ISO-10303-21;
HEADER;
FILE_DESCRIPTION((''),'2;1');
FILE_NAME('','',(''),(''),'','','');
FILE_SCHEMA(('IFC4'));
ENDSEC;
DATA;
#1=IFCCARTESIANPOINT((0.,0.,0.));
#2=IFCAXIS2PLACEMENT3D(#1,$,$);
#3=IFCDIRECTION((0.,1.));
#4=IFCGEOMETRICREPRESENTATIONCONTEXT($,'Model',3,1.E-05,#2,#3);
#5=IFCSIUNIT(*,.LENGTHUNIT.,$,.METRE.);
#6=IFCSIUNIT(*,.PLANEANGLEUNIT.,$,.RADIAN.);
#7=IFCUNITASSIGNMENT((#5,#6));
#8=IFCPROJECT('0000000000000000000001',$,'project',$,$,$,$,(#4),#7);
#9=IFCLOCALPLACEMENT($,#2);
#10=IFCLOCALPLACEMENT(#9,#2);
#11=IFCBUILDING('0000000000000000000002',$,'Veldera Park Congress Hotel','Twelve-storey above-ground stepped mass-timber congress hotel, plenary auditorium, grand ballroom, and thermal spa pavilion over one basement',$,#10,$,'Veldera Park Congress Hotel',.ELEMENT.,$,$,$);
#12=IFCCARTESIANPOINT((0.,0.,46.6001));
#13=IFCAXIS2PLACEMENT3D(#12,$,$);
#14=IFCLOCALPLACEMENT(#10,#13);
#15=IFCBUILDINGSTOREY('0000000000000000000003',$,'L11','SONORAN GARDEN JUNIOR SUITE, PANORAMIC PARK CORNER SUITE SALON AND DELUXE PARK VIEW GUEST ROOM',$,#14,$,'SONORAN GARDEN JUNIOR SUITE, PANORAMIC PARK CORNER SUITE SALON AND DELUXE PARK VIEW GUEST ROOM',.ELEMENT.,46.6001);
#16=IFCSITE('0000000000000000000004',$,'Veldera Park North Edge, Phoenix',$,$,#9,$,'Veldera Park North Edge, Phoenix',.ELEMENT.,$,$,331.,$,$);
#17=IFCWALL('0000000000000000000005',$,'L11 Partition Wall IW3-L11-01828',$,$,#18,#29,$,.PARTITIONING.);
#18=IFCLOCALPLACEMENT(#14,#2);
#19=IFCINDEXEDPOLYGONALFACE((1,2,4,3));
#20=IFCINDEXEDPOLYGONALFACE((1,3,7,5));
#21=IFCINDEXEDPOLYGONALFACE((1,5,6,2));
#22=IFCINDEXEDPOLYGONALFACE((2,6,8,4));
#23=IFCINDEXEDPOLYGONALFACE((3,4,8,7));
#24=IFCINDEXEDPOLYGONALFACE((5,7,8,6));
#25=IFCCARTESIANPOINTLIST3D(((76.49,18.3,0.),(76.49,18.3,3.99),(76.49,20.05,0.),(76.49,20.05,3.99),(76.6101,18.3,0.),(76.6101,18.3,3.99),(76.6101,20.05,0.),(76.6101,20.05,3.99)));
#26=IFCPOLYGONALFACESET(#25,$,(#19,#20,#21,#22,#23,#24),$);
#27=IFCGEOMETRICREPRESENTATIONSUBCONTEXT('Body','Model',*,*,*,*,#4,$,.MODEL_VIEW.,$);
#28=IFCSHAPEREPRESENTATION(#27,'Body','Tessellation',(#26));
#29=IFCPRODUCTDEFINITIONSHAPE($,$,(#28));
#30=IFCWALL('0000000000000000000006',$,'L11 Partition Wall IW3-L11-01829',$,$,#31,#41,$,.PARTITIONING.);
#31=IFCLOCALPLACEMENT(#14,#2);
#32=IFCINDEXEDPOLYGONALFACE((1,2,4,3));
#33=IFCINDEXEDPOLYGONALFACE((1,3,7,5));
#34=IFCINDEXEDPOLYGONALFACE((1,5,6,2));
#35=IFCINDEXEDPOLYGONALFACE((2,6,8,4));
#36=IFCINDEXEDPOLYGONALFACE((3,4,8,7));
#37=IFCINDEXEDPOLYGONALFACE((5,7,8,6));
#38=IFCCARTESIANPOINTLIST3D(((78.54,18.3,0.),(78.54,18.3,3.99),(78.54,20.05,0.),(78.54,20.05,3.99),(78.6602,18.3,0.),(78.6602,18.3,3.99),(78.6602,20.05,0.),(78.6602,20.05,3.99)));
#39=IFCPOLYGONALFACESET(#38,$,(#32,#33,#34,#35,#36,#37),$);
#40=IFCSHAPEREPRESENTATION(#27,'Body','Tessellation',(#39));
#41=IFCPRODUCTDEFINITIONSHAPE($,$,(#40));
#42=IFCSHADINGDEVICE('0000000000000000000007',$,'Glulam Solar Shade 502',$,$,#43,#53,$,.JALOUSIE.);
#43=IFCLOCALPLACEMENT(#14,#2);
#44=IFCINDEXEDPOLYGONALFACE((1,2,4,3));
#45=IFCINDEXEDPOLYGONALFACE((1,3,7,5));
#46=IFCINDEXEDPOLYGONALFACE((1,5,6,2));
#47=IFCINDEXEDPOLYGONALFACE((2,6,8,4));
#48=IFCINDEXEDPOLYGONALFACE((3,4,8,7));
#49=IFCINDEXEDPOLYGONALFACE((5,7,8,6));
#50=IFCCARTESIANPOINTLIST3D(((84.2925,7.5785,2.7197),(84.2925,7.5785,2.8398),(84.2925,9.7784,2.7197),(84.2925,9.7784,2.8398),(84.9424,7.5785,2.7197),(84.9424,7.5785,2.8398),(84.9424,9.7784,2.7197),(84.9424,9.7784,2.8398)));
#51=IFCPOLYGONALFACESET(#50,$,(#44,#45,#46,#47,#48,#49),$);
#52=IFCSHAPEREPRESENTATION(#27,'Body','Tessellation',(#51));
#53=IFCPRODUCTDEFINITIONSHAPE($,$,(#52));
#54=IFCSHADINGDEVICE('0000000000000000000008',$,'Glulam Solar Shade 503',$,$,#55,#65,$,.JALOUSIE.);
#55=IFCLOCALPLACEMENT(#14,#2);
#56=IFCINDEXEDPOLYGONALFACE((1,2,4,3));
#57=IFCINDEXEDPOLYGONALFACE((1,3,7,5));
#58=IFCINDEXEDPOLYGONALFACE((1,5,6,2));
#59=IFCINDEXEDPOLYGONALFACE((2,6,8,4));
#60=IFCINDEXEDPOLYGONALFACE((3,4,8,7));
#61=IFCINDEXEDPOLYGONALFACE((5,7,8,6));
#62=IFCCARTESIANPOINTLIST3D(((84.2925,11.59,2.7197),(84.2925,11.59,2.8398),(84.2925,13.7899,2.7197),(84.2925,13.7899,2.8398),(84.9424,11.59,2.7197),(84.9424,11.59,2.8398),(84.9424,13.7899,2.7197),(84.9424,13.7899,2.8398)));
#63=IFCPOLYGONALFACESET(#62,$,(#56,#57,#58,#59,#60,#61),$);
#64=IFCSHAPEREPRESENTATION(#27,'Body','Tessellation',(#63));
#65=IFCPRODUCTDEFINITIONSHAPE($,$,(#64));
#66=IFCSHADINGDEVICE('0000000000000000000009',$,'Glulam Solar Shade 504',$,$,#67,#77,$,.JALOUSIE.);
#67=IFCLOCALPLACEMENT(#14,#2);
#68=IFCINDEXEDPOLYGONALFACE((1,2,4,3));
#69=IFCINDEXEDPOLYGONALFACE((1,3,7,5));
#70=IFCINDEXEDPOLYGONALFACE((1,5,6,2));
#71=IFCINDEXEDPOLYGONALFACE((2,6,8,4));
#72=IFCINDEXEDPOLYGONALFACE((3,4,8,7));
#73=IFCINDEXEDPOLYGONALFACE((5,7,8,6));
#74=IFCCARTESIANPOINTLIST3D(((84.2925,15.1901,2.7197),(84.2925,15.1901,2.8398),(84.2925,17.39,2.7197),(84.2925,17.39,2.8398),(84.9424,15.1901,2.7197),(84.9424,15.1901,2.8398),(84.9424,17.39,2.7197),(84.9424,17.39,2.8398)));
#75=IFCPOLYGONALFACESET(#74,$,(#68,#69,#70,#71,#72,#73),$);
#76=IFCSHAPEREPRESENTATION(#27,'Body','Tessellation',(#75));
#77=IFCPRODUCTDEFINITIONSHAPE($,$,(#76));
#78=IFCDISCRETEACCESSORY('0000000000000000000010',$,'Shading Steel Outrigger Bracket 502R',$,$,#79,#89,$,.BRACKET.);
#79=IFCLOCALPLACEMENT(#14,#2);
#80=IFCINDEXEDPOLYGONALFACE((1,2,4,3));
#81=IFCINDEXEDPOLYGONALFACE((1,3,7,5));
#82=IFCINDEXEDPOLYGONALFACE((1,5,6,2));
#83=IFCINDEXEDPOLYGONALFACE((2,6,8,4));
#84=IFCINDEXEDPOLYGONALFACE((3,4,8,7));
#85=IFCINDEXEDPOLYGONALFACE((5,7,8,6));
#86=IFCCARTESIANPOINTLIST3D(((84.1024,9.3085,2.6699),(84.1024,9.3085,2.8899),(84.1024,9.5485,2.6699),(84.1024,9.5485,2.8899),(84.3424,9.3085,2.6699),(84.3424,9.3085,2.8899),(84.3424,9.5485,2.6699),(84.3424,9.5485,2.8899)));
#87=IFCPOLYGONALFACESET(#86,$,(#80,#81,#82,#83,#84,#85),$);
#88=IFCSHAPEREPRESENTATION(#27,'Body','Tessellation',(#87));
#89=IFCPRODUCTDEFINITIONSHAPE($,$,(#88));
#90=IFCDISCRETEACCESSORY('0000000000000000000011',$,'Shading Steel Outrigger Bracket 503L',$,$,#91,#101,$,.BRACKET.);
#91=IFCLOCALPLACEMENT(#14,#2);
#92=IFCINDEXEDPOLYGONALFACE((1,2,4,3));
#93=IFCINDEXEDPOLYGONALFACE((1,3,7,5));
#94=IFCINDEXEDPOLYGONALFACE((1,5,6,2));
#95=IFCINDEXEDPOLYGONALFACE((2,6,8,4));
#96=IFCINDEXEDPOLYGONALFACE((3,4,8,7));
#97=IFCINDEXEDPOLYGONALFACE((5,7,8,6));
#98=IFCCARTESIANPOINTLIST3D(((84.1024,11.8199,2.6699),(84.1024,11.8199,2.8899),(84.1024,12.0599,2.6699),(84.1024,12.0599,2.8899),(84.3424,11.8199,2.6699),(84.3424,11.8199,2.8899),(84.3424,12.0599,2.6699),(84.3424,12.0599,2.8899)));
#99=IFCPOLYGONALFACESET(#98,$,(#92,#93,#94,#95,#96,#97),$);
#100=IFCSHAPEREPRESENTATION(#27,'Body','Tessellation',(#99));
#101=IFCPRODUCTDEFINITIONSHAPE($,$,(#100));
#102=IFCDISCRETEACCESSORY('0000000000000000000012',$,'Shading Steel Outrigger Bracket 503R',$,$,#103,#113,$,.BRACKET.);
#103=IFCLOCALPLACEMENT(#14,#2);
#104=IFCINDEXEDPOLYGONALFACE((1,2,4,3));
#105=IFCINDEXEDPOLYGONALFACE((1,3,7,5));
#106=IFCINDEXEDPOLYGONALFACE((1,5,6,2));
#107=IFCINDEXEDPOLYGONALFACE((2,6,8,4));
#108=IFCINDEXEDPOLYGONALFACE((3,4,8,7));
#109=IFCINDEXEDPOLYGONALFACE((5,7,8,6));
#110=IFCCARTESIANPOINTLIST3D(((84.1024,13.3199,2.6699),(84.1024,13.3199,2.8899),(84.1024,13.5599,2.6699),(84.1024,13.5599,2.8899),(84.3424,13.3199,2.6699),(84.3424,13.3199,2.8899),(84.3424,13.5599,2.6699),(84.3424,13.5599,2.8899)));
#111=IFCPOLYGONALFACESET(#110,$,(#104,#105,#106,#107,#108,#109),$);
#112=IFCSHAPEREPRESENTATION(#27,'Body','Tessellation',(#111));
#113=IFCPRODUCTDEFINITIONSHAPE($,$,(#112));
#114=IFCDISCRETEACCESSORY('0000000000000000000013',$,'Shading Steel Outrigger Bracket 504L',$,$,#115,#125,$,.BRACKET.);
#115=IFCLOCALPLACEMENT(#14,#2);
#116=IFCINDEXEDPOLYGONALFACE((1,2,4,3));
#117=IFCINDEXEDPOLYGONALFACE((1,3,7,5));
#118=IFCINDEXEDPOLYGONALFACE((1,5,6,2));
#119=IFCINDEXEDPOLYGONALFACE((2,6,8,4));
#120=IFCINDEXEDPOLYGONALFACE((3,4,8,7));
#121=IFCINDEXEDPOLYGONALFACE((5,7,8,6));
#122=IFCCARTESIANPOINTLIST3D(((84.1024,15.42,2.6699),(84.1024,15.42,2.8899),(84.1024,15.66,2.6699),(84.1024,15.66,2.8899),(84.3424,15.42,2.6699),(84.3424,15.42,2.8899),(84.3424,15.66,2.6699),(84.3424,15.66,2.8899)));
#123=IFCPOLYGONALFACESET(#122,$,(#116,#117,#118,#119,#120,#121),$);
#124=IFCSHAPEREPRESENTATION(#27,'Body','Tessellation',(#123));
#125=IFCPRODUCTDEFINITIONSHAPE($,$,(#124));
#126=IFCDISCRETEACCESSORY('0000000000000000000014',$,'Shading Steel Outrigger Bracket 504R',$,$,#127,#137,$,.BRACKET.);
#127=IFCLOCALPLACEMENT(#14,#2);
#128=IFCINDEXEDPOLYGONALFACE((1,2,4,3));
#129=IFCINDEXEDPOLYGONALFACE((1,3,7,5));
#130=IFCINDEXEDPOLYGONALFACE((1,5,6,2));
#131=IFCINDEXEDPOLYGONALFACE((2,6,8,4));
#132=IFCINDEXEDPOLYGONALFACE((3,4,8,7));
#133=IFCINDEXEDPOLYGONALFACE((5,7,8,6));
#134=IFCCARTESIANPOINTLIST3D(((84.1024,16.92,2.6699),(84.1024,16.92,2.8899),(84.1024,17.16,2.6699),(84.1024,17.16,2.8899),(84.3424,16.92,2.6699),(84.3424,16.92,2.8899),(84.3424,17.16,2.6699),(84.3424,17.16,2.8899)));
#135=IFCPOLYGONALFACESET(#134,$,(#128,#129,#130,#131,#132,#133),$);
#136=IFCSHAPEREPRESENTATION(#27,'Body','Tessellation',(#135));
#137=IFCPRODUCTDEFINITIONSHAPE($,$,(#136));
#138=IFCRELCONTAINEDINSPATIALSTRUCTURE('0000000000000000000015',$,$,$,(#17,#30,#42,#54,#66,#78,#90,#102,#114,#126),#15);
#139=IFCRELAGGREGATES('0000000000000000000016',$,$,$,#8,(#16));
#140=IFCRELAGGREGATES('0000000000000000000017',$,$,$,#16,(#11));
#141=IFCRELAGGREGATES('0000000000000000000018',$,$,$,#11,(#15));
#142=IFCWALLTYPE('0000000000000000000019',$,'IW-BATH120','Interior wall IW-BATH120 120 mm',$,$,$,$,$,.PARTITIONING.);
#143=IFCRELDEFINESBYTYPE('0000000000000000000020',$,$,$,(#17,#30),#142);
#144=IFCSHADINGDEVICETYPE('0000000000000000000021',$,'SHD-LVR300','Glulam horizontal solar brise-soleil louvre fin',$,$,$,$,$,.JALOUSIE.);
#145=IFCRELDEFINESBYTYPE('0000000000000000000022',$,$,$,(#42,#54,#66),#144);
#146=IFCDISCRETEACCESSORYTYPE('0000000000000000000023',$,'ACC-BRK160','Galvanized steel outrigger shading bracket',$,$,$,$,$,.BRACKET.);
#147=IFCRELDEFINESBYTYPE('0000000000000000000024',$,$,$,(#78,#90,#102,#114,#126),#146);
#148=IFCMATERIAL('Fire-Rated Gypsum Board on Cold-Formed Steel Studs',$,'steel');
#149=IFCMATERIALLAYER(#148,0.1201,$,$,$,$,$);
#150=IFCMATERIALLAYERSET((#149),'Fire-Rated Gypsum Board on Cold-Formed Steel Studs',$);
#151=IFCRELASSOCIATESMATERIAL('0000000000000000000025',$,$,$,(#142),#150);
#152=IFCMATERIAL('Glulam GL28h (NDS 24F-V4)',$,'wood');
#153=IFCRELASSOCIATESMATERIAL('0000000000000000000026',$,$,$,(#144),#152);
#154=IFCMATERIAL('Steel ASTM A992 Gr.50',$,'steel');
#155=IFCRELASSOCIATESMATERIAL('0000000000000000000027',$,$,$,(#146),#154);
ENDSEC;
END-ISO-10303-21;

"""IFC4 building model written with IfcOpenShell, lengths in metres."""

from ifc_helpers import new_model, si_unit, direction, frame, frame_2d, origin, origin_2d, place, context, subcontext, project, spatial, rectangle, extrude, material, layer, layer_set, type_object, element, save


model = new_model("IFC4")

# Units and contexts
model_context = context("Model", 3, precision=1e-05, world=origin(), true_north=direction((0.0, 1.0)))
body_context = subcontext(model_context, "Body", "Model", "MODEL_VIEW")
ifc_project = project(units=[si_unit("LENGTHUNIT", "METRE"), si_unit("PLANEANGLEUNIT", "RADIAN")], contexts=[model_context])

# Site, building, storey
site_placement = place(None, origin())
site = spatial("IfcSite", under=ifc_project, at=site_placement, Name="Veldera Park North Edge, Phoenix", LongName="Veldera Park North Edge, Phoenix", CompositionType="ELEMENT", RefElevation=331.0)
building_placement = place(site_placement, origin())
building = spatial("IfcBuilding", under=site, at=building_placement, Name="Veldera Park Congress Hotel", Description="Twelve-storey above-ground stepped mass-timber congress hotel, plenary auditorium, grand ballroom, and thermal spa pavilion over one basement", LongName="Veldera Park Congress Hotel", CompositionType="ELEMENT")
storey_placement = place(building_placement, frame((0.0, 0.0, 46.6001)))
storey = spatial("IfcBuildingStorey", under=building, at=storey_placement, Name="L11", Description="SONORAN GARDEN JUNIOR SUITE, PANORAMIC PARK CORNER SUITE SALON AND DELUXE PARK VIEW GUEST ROOM", LongName="SONORAN GARDEN JUNIOR SUITE, PANORAMIC PARK CORNER SUITE SALON AND DELUXE PARK VIEW GUEST ROOM", CompositionType="ELEMENT", Elevation=46.6001)

# Shared definitions
ifc_material_1 = material(Name="Glulam GL28h (NDS 24F-V4)", Category="wood")

# Shared definitions
ifc_material_2 = material(Name="Fire-Rated Gypsum Board on Cold-Formed Steel Studs", Category="steel")
ifc_layer_1 = layer(ifc_material_2, 0.1201)
ifc_layer_set_1 = layer_set([ifc_layer_1], Name="Fire-Rated Gypsum Board on Cold-Formed Steel Studs")
wall_type_1 = type_object("IfcWallType", Name="IW-BATH120", Description="Interior wall IW-BATH120 120 mm", PredefinedType="PARTITIONING", material=ifc_layer_set_1)

# Walls
for number, where, z_axis, x_axis, name in (
    (1, (76.55, 18.3, 0.0), (0.0, 0.0, 1.0), (0.0, 1.0, 0.0), "L11 Partition Wall IW3-L11-01828"),
    (2, (78.6001, 18.3, 0.0), (0.0, 0.0, 1.0), (0.0, 1.0, 0.0), "L11 Partition Wall IW3-L11-01829"),
):
    element("IfcWall", number, at=place(storey_placement, frame(where, z_axis=z_axis, x_axis=x_axis)), inside=storey, type_object=wall_type_1, Name=name, PredefinedType="PARTITIONING", context=body_context, shape_type="SweptSolid", body=[
        extrude(rectangle(XDim=1.75, YDim=0.1201, at=frame_2d((0.875, 0.0))), origin(), (0.0, 0.0, 1.0), 3.99),
    ])

# Shading devices
shading_device_type = type_object("IfcShadingDeviceType", Name="SHD-LVR300", Description="Glulam horizontal solar brise-soleil louvre fin", PredefinedType="JALOUSIE", material=ifc_material_1)
for number, where, z_axis, x_axis, name in (
    (3, (84.6174, 8.6785, 2.7197), (0.0, 0.0, 1.0), (0.0, 1.0, 0.0), "Glulam Solar Shade 502"),
    (4, (84.6174, 12.6899, 2.7197), (0.0, 0.0, 1.0), (0.0, 1.0, 0.0), "Glulam Solar Shade 503"),
    (5, (84.6174, 16.29, 2.7197), (0.0, 0.0, 1.0), (0.0, 1.0, 0.0), "Glulam Solar Shade 504"),
):
    element("IfcShadingDevice", number, at=place(storey_placement, frame(where, z_axis=z_axis, x_axis=x_axis)), inside=storey, type_object=shading_device_type, Name=name, PredefinedType="JALOUSIE", context=body_context, shape_type="SweptSolid", body=[
        extrude(rectangle(XDim=2.2, YDim=0.6499, at=origin_2d()), origin(), (0.0, 0.0, 1.0), 0.1201),
    ])

# Discrete accessories
ifc_material_3 = material(Name="Steel ASTM A992 Gr.50", Category="steel")
discrete_accessory_type = type_object("IfcDiscreteAccessoryType", Name="ACC-BRK160", Description="Galvanized steel outrigger shading bracket", PredefinedType="BRACKET", material=ifc_material_3)
for number, where, z_axis, x_axis, name in (
    (6, (84.2224, 9.4285, 2.6699), (0.0, 0.0, 1.0), (0.0, 1.0, 0.0), "Shading Steel Outrigger Bracket 502R"),
    (7, (84.2224, 11.9399, 2.6699), (0.0, 0.0, 1.0), (0.0, 1.0, 0.0), "Shading Steel Outrigger Bracket 503L"),
    (8, (84.2224, 13.4399, 2.6699), (0.0, 0.0, 1.0), (0.0, 1.0, 0.0), "Shading Steel Outrigger Bracket 503R"),
    (9, (84.2224, 15.54, 2.6699), (0.0, 0.0, 1.0), (0.0, 1.0, 0.0), "Shading Steel Outrigger Bracket 504L"),
    (10, (84.2224, 17.04, 2.6699), (0.0, 0.0, 1.0), (0.0, 1.0, 0.0), "Shading Steel Outrigger Bracket 504R"),
):
    element("IfcDiscreteAccessory", number, at=place(storey_placement, frame(where, z_axis=z_axis, x_axis=x_axis)), inside=storey, type_object=discrete_accessory_type, Name=name, PredefinedType="BRACKET", context=body_context, shape_type="SweptSolid", body=[
        extrude(rectangle(XDim=0.24, YDim=0.24, at=origin_2d()), origin(), (0.0, 0.0, 1.0), 0.22),
    ])

save(model, "model.ifc")
